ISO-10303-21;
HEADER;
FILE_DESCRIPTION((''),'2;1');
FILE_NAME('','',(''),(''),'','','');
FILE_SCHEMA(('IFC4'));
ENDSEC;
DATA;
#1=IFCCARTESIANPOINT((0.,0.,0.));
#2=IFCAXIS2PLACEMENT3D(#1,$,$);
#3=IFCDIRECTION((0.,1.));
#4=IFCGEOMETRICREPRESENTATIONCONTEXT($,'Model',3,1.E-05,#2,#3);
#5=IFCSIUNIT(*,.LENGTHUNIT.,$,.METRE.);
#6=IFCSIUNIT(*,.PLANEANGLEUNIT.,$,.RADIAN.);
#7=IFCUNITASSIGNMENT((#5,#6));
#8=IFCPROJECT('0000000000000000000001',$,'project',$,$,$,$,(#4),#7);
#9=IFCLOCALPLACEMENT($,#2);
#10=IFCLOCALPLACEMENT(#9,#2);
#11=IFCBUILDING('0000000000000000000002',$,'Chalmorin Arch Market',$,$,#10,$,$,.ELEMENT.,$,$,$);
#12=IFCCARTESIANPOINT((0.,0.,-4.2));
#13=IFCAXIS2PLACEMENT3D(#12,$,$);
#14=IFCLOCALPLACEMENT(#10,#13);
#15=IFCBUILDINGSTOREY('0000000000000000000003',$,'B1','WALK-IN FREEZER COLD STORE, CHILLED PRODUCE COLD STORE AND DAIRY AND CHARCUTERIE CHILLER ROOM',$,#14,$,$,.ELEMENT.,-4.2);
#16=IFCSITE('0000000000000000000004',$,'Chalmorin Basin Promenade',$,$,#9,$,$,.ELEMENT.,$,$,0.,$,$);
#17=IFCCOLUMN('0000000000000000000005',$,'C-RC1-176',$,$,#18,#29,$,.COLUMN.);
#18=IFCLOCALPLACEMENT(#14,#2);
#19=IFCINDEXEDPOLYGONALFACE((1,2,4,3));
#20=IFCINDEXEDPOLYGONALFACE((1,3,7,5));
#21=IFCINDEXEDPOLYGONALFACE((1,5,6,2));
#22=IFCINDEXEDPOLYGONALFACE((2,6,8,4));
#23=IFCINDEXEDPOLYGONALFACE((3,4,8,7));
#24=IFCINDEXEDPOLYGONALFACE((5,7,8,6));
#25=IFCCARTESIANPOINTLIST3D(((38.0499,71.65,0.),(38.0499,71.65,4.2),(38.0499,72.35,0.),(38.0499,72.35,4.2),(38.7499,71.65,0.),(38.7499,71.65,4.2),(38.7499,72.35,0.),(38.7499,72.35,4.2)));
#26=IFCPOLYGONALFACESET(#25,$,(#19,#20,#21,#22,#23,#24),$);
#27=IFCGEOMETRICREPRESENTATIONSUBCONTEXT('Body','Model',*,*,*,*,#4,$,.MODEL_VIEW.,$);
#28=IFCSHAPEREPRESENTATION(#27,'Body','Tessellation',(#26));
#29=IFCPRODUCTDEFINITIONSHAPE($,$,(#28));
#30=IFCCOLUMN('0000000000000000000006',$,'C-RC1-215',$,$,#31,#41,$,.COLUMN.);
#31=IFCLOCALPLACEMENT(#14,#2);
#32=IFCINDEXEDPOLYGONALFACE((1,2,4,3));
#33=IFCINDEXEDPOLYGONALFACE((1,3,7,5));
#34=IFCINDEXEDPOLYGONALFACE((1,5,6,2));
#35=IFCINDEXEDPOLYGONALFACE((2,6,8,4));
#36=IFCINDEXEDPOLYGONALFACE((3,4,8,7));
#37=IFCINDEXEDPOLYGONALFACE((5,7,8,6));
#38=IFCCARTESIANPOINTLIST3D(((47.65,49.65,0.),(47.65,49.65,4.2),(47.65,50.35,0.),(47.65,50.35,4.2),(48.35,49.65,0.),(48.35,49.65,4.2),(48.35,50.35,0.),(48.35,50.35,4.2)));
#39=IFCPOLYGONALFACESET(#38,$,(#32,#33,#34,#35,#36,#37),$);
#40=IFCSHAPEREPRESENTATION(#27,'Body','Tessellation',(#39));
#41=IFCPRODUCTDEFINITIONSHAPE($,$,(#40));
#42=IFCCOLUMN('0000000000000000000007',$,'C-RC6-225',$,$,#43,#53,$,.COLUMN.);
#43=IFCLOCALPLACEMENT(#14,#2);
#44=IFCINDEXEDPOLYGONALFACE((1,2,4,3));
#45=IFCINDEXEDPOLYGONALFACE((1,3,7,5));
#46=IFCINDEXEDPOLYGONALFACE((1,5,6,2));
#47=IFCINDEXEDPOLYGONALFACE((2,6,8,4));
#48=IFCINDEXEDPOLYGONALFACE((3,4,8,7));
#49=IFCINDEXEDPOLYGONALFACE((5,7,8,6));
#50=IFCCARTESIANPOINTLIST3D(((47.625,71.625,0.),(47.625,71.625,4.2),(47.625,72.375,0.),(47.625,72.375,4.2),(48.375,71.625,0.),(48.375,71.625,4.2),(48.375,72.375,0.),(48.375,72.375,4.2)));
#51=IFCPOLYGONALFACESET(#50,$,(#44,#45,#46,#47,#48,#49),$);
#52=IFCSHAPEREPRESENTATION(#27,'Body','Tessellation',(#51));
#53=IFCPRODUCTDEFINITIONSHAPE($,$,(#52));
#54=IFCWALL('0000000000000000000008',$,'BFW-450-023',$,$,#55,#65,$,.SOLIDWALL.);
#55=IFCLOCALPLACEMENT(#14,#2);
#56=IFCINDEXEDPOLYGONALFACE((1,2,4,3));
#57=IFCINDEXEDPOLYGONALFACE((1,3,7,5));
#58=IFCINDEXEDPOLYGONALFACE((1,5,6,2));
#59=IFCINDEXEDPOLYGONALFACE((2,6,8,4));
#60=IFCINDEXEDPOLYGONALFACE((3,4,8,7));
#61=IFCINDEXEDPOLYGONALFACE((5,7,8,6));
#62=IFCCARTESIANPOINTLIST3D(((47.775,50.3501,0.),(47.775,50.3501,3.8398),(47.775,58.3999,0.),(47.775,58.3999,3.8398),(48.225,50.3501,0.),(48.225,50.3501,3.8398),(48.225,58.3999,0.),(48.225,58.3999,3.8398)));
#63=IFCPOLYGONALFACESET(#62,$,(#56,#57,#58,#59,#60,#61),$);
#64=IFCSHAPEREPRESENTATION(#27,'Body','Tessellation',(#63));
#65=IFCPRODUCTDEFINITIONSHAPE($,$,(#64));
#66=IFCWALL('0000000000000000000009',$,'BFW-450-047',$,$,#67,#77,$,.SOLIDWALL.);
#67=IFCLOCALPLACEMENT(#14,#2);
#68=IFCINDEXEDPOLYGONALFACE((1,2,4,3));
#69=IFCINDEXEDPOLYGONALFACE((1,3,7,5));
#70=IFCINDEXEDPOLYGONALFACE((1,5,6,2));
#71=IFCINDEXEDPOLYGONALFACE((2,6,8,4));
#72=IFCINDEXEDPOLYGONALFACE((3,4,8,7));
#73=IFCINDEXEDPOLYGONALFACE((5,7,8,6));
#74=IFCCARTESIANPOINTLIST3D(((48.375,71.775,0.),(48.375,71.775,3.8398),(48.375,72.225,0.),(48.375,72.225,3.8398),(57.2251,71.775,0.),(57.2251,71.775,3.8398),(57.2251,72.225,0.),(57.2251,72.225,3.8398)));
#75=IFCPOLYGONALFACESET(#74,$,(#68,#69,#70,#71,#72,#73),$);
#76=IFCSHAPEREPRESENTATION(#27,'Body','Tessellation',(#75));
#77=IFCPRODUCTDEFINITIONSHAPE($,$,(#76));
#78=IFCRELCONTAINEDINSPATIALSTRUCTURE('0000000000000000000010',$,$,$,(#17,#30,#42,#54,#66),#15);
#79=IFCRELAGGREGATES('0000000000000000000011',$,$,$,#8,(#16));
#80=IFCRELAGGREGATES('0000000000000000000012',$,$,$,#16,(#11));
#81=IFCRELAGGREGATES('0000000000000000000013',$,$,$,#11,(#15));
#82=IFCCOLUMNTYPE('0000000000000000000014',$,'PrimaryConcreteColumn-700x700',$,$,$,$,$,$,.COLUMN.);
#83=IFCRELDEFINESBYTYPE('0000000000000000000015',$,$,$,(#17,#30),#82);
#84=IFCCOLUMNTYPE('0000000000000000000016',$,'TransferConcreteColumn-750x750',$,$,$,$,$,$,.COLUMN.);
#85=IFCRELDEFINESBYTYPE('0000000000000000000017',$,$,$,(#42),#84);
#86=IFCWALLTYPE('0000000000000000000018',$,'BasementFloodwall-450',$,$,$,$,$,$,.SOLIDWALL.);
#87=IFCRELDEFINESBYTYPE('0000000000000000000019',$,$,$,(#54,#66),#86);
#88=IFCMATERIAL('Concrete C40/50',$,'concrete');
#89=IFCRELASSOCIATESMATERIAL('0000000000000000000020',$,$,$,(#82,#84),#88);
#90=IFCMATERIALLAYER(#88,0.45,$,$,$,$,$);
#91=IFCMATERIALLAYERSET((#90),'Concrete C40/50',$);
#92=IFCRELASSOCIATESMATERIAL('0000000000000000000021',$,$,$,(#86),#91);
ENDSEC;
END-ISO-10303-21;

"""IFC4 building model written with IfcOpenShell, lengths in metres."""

from ifc_helpers import new_model, si_unit, direction, frame, frame_2d, origin, origin_2d, place, context, subcontext, project, spatial, rectangle, extrude, material, layer, layer_set, material_profile, profile_set, type_object, element, save


model = new_model("IFC4")

# Units and contexts
model_context = context("Model", 3, precision=1e-05, world=origin(), true_north=direction((0.0, 1.0)))
body_context = subcontext(model_context, "Body", "Model", "MODEL_VIEW")
ifc_project = project(units=[si_unit("LENGTHUNIT", "METRE"), si_unit("PLANEANGLEUNIT", "RADIAN")], contexts=[model_context])

# Site, building, storey
site_placement = place(None, origin())
site = spatial("IfcSite", under=ifc_project, at=site_placement, Name="Chalmorin Basin Promenade", CompositionType="ELEMENT", RefElevation=0.0)
building_placement = place(site_placement, origin())
building = spatial("IfcBuilding", under=site, at=building_placement, Name="Chalmorin Arch Market", CompositionType="ELEMENT")
storey_placement = place(building_placement, frame((0.0, 0.0, -4.2)))
storey = spatial("IfcBuildingStorey", under=building, at=storey_placement, Name="B1", Description="WALK-IN FREEZER COLD STORE, CHILLED PRODUCE COLD STORE AND DAIRY AND CHARCUTERIE CHILLER ROOM", CompositionType="ELEMENT", Elevation=-4.2)

# Shared definitions
ifc_material_1 = material(Name="Concrete C40/50", Category="concrete")

# Columns
ifc_material_profile_1 = material_profile(ifc_material_1, rectangle(XDim=0.7, YDim=0.7, at=origin_2d()), Name="RC700X700")
ifc_profile_set_1 = profile_set([ifc_material_profile_1], Name="Concrete C40/50")
column_type_1 = type_object("IfcColumnType", Name="PrimaryConcreteColumn-700x700", PredefinedType="COLUMN", material=ifc_profile_set_1)
for number, where, z_axis, x_axis, name in (
    (1, (38.3999, 72.0, 0.0), (0.0, 0.0, 1.0), (1.0, 0.0, 0.0), "C-RC1-176"),
    (2, (48.0, 50.0, 0.0), (0.0, 0.0, 1.0), (1.0, 0.0, 0.0), "C-RC1-215"),
):
    element("IfcColumn", number, at=place(storey_placement, frame(where, z_axis=z_axis, x_axis=x_axis)), inside=storey, type_object=column_type_1, Name=name, PredefinedType="COLUMN", context=body_context, shape_type="SweptSolid", body=[
        extrude(rectangle(XDim=0.7, YDim=0.7, at=origin_2d()), origin(), (0.0, 0.0, 1.0), 4.2),
    ])
ifc_material_profile_2 = material_profile(ifc_material_1, rectangle(XDim=0.75, YDim=0.75, at=origin_2d()), Name="RC750X750")
ifc_profile_set_2 = profile_set([ifc_material_profile_2], Name="Concrete C40/50")
column_type_2 = type_object("IfcColumnType", Name="TransferConcreteColumn-750x750", PredefinedType="COLUMN", material=ifc_profile_set_2)
column_1_placement = place(storey_placement, frame((48.0, 72.0, 0.0), z_axis=(0.0, 0.0, 1.0), x_axis=(1.0, 0.0, 0.0)))
element("IfcColumn", 3, at=column_1_placement, inside=storey, type_object=column_type_2, Name="C-RC6-225", PredefinedType="COLUMN", context=body_context, shape_type="SweptSolid", body=[
    extrude(rectangle(XDim=0.75, YDim=0.75, at=origin_2d()), origin(), (0.0, 0.0, 1.0), 4.2),
])

# Walls
ifc_layer_1 = layer(ifc_material_1, 0.45)
ifc_layer_set_1 = layer_set([ifc_layer_1], Name="Concrete C40/50")
wall_type = type_object("IfcWallType", Name="BasementFloodwall-450", PredefinedType="SOLIDWALL", material=ifc_layer_set_1)
wall_1_placement = place(storey_placement, frame((48.0, 58.3999, 0.0), z_axis=(0.0, 0.0, 1.0), x_axis=(0.0, -1.0, 0.0)))
element("IfcWall", 4, at=wall_1_placement, inside=storey, type_object=wall_type, Name="BFW-450-023", PredefinedType="SOLIDWALL", context=body_context, shape_type="SweptSolid", body=[
    extrude(rectangle(XDim=8.0498, YDim=0.45, at=frame_2d((4.0249, 0.0))), origin(), (0.0, 0.0, 1.0), 3.8398),
])
wall_2_placement = place(storey_placement, frame((48.375, 72.0, 0.0), z_axis=(0.0, 0.0, 1.0), x_axis=(1.0, 0.0, 0.0)))
element("IfcWall", 5, at=wall_2_placement, inside=storey, type_object=wall_type, Name="BFW-450-047", PredefinedType="SOLIDWALL", context=body_context, shape_type="SweptSolid", body=[
    extrude(rectangle(XDim=8.8501, YDim=0.45, at=frame_2d((4.425, 0.0))), origin(), (0.0, 0.0, 1.0), 3.8398),
])

save(model, "model.ifc")
